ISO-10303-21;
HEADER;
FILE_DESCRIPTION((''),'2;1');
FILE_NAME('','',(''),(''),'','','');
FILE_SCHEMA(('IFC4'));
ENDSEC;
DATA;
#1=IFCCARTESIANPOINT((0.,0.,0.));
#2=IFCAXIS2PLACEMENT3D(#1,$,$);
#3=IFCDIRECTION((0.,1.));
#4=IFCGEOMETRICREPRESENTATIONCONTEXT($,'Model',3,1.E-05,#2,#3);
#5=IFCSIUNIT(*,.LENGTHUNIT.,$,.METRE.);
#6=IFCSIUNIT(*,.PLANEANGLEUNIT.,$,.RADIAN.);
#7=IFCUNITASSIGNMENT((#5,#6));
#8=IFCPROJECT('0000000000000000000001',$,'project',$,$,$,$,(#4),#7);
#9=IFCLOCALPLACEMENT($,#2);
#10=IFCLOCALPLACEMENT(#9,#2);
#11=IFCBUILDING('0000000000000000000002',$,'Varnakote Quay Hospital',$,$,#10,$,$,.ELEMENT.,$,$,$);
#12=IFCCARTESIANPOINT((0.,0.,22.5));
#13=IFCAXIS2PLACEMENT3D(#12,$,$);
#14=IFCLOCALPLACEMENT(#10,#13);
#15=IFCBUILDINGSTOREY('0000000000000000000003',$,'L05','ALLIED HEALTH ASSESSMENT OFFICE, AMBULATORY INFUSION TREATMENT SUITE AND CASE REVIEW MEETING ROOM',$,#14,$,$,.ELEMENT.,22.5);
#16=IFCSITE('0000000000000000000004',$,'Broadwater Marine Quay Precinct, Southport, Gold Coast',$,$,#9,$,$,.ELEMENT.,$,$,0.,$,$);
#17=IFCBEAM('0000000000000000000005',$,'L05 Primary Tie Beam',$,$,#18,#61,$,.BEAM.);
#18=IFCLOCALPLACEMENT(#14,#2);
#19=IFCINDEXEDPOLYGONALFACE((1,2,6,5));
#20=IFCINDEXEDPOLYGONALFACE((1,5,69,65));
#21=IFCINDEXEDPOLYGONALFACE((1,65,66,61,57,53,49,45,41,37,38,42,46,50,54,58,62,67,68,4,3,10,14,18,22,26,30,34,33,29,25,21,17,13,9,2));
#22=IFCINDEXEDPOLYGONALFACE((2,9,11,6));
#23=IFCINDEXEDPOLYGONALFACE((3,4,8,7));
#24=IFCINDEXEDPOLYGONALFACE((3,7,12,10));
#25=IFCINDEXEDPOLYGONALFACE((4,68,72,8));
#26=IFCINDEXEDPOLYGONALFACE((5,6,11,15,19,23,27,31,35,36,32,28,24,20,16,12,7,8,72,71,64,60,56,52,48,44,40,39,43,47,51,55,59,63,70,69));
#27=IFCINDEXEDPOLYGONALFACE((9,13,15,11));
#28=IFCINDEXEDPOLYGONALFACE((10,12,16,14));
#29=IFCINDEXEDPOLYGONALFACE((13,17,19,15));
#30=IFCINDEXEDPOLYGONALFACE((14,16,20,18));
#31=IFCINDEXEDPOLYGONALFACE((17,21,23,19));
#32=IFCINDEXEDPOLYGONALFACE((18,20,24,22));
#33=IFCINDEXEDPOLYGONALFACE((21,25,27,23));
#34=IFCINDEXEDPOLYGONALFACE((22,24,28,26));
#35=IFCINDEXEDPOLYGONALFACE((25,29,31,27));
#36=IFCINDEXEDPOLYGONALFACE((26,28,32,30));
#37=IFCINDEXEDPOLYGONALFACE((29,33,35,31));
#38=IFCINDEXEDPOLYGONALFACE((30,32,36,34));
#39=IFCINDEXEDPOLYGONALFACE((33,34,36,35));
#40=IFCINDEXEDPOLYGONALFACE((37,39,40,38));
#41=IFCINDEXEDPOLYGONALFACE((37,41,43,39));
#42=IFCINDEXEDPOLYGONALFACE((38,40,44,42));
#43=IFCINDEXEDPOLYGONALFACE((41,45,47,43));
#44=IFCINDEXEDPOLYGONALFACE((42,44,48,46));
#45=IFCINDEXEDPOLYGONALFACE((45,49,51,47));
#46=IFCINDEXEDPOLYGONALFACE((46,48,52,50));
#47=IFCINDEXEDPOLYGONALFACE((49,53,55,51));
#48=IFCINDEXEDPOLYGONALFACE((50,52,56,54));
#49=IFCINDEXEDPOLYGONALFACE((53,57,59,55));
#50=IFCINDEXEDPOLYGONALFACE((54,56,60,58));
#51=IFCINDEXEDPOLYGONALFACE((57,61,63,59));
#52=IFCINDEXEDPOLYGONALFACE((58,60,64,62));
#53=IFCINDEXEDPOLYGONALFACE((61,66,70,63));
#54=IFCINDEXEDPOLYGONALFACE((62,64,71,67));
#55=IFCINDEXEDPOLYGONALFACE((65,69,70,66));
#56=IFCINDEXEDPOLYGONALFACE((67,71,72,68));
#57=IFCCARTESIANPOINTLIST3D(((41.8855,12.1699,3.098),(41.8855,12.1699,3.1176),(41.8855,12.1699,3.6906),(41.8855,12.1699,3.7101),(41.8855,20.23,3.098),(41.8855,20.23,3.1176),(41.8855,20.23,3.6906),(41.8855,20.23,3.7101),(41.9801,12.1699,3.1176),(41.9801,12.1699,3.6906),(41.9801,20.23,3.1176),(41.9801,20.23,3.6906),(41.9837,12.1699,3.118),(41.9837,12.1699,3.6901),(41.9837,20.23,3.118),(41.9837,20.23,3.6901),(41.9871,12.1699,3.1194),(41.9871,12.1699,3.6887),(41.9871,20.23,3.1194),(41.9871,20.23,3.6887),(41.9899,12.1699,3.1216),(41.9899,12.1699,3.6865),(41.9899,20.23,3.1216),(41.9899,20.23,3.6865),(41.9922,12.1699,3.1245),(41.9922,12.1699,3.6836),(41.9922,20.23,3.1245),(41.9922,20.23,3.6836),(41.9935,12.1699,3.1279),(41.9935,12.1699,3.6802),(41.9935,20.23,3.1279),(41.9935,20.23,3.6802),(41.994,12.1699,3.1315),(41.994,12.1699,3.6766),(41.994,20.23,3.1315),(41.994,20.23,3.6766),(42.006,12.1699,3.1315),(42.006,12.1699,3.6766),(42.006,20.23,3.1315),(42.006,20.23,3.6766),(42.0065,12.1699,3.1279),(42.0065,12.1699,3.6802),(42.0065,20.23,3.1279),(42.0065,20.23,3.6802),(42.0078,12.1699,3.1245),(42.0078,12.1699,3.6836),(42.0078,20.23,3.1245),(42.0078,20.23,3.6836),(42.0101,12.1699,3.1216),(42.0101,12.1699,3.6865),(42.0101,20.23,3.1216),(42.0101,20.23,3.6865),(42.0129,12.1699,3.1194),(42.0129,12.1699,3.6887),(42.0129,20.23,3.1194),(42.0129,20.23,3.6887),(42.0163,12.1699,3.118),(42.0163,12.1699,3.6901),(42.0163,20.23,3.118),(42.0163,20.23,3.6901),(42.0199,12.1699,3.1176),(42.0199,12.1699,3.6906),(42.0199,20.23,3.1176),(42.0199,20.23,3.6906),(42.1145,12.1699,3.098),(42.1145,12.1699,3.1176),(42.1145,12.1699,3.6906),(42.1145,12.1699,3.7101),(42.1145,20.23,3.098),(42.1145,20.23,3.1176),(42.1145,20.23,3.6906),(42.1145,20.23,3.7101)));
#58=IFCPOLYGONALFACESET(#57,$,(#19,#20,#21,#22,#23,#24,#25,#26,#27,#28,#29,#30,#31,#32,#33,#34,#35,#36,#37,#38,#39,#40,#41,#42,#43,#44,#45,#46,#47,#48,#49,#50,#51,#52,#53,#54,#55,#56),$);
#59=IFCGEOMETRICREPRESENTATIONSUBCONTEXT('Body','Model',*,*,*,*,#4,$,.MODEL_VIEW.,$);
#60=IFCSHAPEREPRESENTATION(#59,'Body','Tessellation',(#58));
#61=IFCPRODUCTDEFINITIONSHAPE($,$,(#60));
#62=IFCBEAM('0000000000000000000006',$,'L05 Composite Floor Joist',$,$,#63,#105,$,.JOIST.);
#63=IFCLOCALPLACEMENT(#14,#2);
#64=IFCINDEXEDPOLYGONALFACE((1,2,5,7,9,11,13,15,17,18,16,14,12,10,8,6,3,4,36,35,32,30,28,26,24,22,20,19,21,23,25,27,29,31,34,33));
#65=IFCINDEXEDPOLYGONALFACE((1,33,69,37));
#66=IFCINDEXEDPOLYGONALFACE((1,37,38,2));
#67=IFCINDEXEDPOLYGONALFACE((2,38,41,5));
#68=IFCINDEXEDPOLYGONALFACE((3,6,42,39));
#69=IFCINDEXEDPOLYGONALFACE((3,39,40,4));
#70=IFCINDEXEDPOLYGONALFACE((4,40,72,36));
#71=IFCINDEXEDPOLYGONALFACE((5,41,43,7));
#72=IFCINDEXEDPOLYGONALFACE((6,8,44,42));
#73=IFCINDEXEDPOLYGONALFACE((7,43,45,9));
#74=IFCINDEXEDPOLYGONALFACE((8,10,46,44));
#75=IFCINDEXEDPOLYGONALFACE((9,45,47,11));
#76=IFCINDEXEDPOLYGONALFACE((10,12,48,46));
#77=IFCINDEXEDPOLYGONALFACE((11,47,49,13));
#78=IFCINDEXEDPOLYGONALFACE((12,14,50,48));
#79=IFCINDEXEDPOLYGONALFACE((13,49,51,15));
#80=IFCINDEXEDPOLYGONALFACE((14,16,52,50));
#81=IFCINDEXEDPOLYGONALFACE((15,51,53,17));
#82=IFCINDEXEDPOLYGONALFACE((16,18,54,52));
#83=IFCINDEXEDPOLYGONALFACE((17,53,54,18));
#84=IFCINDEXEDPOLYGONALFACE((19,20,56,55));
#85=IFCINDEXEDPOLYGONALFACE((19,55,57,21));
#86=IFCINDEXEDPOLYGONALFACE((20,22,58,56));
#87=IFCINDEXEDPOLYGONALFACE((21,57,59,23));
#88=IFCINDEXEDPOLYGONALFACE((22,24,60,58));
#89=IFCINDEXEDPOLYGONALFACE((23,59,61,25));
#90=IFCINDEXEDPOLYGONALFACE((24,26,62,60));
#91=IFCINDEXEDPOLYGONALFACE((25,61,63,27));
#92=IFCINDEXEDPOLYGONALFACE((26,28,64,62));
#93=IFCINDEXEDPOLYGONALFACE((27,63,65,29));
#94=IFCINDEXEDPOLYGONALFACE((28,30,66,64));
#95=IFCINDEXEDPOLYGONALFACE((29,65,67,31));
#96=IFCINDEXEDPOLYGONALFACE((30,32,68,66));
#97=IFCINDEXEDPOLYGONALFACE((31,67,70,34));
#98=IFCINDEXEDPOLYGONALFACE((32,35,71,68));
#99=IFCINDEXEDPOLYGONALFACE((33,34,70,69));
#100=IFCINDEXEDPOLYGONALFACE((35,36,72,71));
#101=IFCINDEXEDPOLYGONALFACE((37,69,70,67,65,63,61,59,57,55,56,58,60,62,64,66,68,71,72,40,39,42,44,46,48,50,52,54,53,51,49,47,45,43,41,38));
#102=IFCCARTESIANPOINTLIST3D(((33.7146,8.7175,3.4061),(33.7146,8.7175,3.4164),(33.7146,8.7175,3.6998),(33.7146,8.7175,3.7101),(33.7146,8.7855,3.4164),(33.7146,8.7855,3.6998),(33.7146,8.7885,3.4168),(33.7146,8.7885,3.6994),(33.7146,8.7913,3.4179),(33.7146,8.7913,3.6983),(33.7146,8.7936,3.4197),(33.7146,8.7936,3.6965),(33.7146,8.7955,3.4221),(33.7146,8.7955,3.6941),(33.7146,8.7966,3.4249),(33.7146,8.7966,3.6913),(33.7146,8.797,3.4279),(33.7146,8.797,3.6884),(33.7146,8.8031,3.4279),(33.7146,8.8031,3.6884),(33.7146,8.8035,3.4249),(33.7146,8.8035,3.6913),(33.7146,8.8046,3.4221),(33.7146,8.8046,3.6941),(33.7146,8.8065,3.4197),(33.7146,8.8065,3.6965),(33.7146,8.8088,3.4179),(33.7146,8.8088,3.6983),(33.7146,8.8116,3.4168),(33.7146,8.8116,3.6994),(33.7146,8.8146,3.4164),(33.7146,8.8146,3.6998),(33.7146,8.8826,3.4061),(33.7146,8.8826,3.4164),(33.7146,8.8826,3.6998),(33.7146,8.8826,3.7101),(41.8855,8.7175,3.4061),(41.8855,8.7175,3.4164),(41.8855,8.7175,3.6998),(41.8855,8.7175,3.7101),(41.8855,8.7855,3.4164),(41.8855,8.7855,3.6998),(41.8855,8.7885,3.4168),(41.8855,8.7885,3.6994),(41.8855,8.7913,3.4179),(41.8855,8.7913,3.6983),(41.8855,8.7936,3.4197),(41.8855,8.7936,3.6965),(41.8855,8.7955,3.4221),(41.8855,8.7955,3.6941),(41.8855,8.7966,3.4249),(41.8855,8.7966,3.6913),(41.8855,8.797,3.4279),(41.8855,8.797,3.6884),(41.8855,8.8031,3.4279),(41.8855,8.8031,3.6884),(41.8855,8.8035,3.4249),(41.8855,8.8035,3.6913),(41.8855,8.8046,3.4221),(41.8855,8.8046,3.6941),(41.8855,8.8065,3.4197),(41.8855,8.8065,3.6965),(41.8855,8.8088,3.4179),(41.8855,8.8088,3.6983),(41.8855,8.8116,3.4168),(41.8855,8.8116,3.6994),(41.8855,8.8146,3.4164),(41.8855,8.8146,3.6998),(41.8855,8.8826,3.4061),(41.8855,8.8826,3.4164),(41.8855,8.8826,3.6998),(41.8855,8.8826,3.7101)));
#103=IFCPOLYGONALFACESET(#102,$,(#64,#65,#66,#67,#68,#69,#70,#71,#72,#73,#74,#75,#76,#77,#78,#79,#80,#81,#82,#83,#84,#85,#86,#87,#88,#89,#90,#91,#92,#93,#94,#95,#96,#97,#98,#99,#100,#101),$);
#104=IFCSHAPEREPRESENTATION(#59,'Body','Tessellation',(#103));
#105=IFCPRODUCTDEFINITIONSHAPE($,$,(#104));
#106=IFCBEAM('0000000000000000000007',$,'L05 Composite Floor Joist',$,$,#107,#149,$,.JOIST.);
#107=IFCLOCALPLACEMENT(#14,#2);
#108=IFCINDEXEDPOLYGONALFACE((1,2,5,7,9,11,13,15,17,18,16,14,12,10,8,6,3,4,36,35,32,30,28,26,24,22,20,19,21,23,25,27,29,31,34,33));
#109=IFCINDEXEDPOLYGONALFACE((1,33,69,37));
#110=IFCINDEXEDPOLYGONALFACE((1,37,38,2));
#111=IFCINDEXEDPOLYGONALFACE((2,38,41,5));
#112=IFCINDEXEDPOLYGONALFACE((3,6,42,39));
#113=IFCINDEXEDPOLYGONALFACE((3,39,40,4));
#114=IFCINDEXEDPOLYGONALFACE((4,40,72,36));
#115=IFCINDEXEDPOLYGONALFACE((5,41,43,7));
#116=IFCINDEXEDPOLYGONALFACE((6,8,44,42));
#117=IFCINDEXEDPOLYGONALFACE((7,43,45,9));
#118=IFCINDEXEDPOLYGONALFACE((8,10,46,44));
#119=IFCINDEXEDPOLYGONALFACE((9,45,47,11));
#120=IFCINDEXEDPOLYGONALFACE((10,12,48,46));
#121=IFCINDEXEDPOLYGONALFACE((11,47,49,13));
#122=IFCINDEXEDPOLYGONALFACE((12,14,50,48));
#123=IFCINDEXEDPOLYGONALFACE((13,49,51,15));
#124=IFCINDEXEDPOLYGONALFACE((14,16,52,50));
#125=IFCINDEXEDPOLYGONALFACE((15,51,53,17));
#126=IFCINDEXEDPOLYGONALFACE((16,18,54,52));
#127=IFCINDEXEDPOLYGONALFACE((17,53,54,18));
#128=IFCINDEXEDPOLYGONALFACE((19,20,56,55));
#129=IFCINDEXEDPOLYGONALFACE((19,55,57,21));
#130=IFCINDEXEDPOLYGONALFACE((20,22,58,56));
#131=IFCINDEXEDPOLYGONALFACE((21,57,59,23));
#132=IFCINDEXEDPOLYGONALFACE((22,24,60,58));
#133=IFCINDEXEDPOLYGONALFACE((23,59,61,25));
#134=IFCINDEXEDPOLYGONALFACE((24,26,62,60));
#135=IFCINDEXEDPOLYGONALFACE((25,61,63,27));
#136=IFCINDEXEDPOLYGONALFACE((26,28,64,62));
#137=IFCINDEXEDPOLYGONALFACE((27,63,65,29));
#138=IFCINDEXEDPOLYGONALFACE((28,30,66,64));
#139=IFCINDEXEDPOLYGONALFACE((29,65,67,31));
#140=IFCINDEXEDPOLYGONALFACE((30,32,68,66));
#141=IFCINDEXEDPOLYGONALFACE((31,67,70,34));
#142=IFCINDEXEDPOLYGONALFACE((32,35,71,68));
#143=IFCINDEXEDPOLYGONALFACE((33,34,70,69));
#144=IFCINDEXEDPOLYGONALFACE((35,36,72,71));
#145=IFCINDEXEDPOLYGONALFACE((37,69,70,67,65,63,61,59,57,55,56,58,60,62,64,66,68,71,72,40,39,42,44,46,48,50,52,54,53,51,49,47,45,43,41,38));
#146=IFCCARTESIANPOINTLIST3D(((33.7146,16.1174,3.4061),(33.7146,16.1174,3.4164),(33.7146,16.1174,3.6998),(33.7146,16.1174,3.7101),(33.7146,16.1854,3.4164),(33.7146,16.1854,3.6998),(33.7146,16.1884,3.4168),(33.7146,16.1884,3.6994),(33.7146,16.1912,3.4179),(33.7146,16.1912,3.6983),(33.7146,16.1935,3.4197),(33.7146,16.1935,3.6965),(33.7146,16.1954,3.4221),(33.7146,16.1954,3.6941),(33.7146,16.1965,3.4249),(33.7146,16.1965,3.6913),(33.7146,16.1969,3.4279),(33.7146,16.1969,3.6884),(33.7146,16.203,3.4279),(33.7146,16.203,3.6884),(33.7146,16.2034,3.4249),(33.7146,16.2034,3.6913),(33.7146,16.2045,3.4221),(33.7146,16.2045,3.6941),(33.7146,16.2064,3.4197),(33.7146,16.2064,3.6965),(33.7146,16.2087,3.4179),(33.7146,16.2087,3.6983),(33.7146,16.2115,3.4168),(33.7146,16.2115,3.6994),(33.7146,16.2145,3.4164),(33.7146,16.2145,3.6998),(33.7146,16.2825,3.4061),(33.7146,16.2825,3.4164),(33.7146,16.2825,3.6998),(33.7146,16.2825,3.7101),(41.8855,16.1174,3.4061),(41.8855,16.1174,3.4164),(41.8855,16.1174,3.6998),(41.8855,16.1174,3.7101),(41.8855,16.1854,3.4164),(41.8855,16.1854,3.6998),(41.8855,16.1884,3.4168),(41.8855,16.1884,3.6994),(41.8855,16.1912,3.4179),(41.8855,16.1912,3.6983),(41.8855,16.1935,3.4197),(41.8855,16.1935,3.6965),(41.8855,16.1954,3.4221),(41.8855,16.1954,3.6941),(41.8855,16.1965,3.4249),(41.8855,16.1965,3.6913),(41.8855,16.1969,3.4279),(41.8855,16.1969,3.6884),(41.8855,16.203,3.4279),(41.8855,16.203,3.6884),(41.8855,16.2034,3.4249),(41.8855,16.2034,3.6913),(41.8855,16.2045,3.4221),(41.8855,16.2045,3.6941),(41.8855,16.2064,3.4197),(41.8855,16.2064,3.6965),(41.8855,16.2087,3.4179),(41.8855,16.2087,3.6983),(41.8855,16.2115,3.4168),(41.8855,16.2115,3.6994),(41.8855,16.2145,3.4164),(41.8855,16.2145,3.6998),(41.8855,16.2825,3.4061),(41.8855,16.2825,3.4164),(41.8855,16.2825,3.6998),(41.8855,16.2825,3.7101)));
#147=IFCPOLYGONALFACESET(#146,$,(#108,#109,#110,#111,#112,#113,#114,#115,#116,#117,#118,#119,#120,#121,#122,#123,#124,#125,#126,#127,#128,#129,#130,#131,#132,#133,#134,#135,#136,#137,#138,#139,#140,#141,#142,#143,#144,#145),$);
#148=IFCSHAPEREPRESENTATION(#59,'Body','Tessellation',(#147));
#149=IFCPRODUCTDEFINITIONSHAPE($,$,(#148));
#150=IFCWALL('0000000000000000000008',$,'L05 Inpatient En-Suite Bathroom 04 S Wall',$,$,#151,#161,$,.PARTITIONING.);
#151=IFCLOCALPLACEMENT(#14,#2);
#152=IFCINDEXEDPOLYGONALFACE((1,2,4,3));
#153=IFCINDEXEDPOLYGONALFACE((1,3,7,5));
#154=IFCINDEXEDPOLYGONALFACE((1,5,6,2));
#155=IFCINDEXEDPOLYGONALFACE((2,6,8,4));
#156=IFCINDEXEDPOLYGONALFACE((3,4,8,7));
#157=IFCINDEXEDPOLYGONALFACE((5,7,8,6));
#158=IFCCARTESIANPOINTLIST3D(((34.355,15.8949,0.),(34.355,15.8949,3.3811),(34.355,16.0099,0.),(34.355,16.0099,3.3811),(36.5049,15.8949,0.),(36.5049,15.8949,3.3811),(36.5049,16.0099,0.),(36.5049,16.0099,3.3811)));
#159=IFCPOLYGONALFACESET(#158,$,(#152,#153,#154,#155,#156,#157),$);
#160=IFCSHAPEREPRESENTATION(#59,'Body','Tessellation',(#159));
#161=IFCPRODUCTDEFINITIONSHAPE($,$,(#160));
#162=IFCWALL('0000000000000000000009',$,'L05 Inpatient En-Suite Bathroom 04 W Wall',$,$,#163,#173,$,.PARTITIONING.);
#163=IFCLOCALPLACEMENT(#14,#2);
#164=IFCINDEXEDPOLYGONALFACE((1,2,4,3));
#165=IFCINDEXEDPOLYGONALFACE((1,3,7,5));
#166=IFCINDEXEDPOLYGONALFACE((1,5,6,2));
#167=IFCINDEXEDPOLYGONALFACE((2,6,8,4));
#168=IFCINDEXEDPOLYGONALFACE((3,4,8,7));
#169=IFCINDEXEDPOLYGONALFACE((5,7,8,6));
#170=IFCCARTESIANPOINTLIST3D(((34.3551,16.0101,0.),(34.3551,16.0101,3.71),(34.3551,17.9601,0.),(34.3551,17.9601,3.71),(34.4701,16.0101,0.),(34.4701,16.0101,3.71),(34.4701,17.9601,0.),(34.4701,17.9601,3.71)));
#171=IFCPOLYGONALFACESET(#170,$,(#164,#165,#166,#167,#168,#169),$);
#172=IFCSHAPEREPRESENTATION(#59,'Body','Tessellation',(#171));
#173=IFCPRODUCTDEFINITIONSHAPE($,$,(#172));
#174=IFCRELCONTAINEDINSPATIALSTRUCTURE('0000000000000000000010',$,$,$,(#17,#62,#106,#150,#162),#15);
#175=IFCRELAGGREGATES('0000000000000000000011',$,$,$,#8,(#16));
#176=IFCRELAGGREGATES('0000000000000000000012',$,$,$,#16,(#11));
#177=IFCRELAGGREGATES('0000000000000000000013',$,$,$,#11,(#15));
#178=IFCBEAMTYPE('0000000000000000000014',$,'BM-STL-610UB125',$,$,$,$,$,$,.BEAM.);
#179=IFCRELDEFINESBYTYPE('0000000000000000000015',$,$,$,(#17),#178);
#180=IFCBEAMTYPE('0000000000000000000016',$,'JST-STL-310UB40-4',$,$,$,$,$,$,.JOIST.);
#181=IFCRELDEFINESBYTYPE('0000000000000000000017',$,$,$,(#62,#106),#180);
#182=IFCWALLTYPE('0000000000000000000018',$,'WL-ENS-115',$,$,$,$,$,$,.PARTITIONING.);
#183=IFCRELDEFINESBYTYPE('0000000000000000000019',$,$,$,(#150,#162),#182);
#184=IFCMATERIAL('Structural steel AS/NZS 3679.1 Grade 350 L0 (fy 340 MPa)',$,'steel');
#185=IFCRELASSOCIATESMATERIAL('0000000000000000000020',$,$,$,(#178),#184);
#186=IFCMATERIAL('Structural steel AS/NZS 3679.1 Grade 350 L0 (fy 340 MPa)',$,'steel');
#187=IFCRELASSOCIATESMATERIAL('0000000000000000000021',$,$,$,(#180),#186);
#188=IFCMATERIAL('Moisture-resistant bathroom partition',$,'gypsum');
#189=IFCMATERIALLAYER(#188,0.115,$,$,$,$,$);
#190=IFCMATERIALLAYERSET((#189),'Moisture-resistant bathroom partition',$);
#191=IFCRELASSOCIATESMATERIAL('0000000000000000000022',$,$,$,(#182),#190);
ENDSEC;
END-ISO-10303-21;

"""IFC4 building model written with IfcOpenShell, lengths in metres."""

from ifc_helpers import new_model, si_unit, direction, frame, frame_2d, origin, origin_2d, place, context, subcontext, project, spatial, rectangle, i_section, extrude, material, layer, layer_set, material_profile, profile_set, type_object, element, save


model = new_model("IFC4")

# Units and contexts
model_context = context("Model", 3, precision=1e-05, world=origin(), true_north=direction((0.0, 1.0)))
body_context = subcontext(model_context, "Body", "Model", "MODEL_VIEW")
ifc_project = project(units=[si_unit("LENGTHUNIT", "METRE"), si_unit("PLANEANGLEUNIT", "RADIAN")], contexts=[model_context])

# Site, building, storey
site_placement = place(None, origin())
site = spatial("IfcSite", under=ifc_project, at=site_placement, Name="Broadwater Marine Quay Precinct, Southport, Gold Coast", CompositionType="ELEMENT", RefElevation=0.0)
building_placement = place(site_placement, origin())
building = spatial("IfcBuilding", under=site, at=building_placement, Name="Varnakote Quay Hospital", CompositionType="ELEMENT")
storey_placement = place(building_placement, frame((0.0, 0.0, 22.5)))
storey = spatial("IfcBuildingStorey", under=building, at=storey_placement, Name="L05", Description="ALLIED HEALTH ASSESSMENT OFFICE, AMBULATORY INFUSION TREATMENT SUITE AND CASE REVIEW MEETING ROOM", CompositionType="ELEMENT", Elevation=22.5)

# Beams
ifc_material_1 = material(Name="Structural steel AS/NZS 3679.1 Grade 350 L0 (fy 340 MPa)", Category="steel")
ifc_material_profile_1 = material_profile(ifc_material_1, i_section(OverallWidth=0.229, OverallDepth=0.6121, WebThickness=0.012, FlangeThickness=0.0195, FilletRadius=0.0139, at=origin_2d()), Name="610UB125")
ifc_profile_set_1 = profile_set([ifc_material_profile_1], Name="Structural steel AS/NZS 3679.1 Grade 350 L0 (fy 340 MPa)")
beam_type_1 = type_object("IfcBeamType", Name="BM-STL-610UB125", PredefinedType="BEAM", material=ifc_profile_set_1)
beam_1_placement = place(storey_placement, frame((42.0, 12.1699, 3.4041), z_axis=(0.0, 1.0, 0.0), x_axis=(-1.0, 0.0, 0.0)))
element("IfcBeam", 1, at=beam_1_placement, inside=storey, type_object=beam_type_1, Name="L05 Primary Tie Beam", PredefinedType="BEAM", context=body_context, shape_type="SweptSolid", body=[
    extrude(i_section(OverallWidth=0.229, OverallDepth=0.6121, WebThickness=0.012, FlangeThickness=0.0195, FilletRadius=0.0139, at=origin_2d()), origin(), (0.0, 0.0, 1.0), 8.0601),
])
ifc_material_2 = material(Name="Structural steel AS/NZS 3679.1 Grade 350 L0 (fy 340 MPa)", Category="steel")
ifc_material_profile_2 = material_profile(ifc_material_2, i_section(OverallWidth=0.165, OverallDepth=0.304, WebThickness=0.0061, FlangeThickness=0.0103, FilletRadius=0.0115, at=origin_2d()), Name="310UB40.4")
ifc_profile_set_2 = profile_set([ifc_material_profile_2], Name="Structural steel AS/NZS 3679.1 Grade 350 L0 (fy 340 MPa)")
beam_type_2 = type_object("IfcBeamType", Name="JST-STL-310UB40-4", PredefinedType="JOIST", material=ifc_profile_set_2)
for number, where, z_axis, x_axis, name in (
    (2, (33.7146, 8.8, 3.5581), (1.0, 0.0, 0.0), (0.0, 1.0, 0.0), "L05 Composite Floor Joist"),
    (3, (33.7146, 16.2, 3.5581), (1.0, 0.0, 0.0), (0.0, 1.0, 0.0), "L05 Composite Floor Joist"),
):
    element("IfcBeam", number, at=place(storey_placement, frame(where, z_axis=z_axis, x_axis=x_axis)), inside=storey, type_object=beam_type_2, Name=name, PredefinedType="JOIST", context=body_context, shape_type="SweptSolid", body=[
        extrude(i_section(OverallWidth=0.165, OverallDepth=0.304, WebThickness=0.0061, FlangeThickness=0.0103, FilletRadius=0.0115, at=origin_2d()), origin(), (0.0, 0.0, 1.0), 8.1709),
    ])

# Walls
ifc_material_3 = material(Name="Moisture-resistant bathroom partition", Category="gypsum")
ifc_layer_1 = layer(ifc_material_3, 0.115)
ifc_layer_set_1 = layer_set([ifc_layer_1], Name="Moisture-resistant bathroom partition")
wall_type_1 = type_object("IfcWallType", Name="WL-ENS-115", PredefinedType="PARTITIONING", material=ifc_layer_set_1)
wall_1_placement = place(storey_placement, frame((34.355, 15.9524, 0.0), z_axis=(0.0, 0.0, 1.0), x_axis=(1.0, 0.0, 0.0)))
element("IfcWall", 4, at=wall_1_placement, inside=storey, type_object=wall_type_1, Name="L05 Inpatient En-Suite Bathroom 04 S Wall", PredefinedType="PARTITIONING", context=body_context, shape_type="SweptSolid", body=[
    extrude(rectangle(XDim=2.1499, YDim=0.115, at=frame_2d((1.075, 0.0))), origin(), (0.0, 0.0, 1.0), 3.3811),
])
wall_2_placement = place(storey_placement, frame((34.4126, 16.01, 0.0), z_axis=(0.0, 0.0, 1.0), x_axis=(0.0, 1.0, 0.0)))
element("IfcWall", 5, at=wall_2_placement, inside=storey, type_object=wall_type_1, Name="L05 Inpatient En-Suite Bathroom 04 W Wall", PredefinedType="PARTITIONING", context=body_context, shape_type="SweptSolid", body=[
    extrude(rectangle(XDim=1.95, YDim=0.115, at=frame_2d((0.9751, 0.0))), origin(), (0.0, 0.0, 1.0), 3.71),
])

save(model, "model.ifc")
